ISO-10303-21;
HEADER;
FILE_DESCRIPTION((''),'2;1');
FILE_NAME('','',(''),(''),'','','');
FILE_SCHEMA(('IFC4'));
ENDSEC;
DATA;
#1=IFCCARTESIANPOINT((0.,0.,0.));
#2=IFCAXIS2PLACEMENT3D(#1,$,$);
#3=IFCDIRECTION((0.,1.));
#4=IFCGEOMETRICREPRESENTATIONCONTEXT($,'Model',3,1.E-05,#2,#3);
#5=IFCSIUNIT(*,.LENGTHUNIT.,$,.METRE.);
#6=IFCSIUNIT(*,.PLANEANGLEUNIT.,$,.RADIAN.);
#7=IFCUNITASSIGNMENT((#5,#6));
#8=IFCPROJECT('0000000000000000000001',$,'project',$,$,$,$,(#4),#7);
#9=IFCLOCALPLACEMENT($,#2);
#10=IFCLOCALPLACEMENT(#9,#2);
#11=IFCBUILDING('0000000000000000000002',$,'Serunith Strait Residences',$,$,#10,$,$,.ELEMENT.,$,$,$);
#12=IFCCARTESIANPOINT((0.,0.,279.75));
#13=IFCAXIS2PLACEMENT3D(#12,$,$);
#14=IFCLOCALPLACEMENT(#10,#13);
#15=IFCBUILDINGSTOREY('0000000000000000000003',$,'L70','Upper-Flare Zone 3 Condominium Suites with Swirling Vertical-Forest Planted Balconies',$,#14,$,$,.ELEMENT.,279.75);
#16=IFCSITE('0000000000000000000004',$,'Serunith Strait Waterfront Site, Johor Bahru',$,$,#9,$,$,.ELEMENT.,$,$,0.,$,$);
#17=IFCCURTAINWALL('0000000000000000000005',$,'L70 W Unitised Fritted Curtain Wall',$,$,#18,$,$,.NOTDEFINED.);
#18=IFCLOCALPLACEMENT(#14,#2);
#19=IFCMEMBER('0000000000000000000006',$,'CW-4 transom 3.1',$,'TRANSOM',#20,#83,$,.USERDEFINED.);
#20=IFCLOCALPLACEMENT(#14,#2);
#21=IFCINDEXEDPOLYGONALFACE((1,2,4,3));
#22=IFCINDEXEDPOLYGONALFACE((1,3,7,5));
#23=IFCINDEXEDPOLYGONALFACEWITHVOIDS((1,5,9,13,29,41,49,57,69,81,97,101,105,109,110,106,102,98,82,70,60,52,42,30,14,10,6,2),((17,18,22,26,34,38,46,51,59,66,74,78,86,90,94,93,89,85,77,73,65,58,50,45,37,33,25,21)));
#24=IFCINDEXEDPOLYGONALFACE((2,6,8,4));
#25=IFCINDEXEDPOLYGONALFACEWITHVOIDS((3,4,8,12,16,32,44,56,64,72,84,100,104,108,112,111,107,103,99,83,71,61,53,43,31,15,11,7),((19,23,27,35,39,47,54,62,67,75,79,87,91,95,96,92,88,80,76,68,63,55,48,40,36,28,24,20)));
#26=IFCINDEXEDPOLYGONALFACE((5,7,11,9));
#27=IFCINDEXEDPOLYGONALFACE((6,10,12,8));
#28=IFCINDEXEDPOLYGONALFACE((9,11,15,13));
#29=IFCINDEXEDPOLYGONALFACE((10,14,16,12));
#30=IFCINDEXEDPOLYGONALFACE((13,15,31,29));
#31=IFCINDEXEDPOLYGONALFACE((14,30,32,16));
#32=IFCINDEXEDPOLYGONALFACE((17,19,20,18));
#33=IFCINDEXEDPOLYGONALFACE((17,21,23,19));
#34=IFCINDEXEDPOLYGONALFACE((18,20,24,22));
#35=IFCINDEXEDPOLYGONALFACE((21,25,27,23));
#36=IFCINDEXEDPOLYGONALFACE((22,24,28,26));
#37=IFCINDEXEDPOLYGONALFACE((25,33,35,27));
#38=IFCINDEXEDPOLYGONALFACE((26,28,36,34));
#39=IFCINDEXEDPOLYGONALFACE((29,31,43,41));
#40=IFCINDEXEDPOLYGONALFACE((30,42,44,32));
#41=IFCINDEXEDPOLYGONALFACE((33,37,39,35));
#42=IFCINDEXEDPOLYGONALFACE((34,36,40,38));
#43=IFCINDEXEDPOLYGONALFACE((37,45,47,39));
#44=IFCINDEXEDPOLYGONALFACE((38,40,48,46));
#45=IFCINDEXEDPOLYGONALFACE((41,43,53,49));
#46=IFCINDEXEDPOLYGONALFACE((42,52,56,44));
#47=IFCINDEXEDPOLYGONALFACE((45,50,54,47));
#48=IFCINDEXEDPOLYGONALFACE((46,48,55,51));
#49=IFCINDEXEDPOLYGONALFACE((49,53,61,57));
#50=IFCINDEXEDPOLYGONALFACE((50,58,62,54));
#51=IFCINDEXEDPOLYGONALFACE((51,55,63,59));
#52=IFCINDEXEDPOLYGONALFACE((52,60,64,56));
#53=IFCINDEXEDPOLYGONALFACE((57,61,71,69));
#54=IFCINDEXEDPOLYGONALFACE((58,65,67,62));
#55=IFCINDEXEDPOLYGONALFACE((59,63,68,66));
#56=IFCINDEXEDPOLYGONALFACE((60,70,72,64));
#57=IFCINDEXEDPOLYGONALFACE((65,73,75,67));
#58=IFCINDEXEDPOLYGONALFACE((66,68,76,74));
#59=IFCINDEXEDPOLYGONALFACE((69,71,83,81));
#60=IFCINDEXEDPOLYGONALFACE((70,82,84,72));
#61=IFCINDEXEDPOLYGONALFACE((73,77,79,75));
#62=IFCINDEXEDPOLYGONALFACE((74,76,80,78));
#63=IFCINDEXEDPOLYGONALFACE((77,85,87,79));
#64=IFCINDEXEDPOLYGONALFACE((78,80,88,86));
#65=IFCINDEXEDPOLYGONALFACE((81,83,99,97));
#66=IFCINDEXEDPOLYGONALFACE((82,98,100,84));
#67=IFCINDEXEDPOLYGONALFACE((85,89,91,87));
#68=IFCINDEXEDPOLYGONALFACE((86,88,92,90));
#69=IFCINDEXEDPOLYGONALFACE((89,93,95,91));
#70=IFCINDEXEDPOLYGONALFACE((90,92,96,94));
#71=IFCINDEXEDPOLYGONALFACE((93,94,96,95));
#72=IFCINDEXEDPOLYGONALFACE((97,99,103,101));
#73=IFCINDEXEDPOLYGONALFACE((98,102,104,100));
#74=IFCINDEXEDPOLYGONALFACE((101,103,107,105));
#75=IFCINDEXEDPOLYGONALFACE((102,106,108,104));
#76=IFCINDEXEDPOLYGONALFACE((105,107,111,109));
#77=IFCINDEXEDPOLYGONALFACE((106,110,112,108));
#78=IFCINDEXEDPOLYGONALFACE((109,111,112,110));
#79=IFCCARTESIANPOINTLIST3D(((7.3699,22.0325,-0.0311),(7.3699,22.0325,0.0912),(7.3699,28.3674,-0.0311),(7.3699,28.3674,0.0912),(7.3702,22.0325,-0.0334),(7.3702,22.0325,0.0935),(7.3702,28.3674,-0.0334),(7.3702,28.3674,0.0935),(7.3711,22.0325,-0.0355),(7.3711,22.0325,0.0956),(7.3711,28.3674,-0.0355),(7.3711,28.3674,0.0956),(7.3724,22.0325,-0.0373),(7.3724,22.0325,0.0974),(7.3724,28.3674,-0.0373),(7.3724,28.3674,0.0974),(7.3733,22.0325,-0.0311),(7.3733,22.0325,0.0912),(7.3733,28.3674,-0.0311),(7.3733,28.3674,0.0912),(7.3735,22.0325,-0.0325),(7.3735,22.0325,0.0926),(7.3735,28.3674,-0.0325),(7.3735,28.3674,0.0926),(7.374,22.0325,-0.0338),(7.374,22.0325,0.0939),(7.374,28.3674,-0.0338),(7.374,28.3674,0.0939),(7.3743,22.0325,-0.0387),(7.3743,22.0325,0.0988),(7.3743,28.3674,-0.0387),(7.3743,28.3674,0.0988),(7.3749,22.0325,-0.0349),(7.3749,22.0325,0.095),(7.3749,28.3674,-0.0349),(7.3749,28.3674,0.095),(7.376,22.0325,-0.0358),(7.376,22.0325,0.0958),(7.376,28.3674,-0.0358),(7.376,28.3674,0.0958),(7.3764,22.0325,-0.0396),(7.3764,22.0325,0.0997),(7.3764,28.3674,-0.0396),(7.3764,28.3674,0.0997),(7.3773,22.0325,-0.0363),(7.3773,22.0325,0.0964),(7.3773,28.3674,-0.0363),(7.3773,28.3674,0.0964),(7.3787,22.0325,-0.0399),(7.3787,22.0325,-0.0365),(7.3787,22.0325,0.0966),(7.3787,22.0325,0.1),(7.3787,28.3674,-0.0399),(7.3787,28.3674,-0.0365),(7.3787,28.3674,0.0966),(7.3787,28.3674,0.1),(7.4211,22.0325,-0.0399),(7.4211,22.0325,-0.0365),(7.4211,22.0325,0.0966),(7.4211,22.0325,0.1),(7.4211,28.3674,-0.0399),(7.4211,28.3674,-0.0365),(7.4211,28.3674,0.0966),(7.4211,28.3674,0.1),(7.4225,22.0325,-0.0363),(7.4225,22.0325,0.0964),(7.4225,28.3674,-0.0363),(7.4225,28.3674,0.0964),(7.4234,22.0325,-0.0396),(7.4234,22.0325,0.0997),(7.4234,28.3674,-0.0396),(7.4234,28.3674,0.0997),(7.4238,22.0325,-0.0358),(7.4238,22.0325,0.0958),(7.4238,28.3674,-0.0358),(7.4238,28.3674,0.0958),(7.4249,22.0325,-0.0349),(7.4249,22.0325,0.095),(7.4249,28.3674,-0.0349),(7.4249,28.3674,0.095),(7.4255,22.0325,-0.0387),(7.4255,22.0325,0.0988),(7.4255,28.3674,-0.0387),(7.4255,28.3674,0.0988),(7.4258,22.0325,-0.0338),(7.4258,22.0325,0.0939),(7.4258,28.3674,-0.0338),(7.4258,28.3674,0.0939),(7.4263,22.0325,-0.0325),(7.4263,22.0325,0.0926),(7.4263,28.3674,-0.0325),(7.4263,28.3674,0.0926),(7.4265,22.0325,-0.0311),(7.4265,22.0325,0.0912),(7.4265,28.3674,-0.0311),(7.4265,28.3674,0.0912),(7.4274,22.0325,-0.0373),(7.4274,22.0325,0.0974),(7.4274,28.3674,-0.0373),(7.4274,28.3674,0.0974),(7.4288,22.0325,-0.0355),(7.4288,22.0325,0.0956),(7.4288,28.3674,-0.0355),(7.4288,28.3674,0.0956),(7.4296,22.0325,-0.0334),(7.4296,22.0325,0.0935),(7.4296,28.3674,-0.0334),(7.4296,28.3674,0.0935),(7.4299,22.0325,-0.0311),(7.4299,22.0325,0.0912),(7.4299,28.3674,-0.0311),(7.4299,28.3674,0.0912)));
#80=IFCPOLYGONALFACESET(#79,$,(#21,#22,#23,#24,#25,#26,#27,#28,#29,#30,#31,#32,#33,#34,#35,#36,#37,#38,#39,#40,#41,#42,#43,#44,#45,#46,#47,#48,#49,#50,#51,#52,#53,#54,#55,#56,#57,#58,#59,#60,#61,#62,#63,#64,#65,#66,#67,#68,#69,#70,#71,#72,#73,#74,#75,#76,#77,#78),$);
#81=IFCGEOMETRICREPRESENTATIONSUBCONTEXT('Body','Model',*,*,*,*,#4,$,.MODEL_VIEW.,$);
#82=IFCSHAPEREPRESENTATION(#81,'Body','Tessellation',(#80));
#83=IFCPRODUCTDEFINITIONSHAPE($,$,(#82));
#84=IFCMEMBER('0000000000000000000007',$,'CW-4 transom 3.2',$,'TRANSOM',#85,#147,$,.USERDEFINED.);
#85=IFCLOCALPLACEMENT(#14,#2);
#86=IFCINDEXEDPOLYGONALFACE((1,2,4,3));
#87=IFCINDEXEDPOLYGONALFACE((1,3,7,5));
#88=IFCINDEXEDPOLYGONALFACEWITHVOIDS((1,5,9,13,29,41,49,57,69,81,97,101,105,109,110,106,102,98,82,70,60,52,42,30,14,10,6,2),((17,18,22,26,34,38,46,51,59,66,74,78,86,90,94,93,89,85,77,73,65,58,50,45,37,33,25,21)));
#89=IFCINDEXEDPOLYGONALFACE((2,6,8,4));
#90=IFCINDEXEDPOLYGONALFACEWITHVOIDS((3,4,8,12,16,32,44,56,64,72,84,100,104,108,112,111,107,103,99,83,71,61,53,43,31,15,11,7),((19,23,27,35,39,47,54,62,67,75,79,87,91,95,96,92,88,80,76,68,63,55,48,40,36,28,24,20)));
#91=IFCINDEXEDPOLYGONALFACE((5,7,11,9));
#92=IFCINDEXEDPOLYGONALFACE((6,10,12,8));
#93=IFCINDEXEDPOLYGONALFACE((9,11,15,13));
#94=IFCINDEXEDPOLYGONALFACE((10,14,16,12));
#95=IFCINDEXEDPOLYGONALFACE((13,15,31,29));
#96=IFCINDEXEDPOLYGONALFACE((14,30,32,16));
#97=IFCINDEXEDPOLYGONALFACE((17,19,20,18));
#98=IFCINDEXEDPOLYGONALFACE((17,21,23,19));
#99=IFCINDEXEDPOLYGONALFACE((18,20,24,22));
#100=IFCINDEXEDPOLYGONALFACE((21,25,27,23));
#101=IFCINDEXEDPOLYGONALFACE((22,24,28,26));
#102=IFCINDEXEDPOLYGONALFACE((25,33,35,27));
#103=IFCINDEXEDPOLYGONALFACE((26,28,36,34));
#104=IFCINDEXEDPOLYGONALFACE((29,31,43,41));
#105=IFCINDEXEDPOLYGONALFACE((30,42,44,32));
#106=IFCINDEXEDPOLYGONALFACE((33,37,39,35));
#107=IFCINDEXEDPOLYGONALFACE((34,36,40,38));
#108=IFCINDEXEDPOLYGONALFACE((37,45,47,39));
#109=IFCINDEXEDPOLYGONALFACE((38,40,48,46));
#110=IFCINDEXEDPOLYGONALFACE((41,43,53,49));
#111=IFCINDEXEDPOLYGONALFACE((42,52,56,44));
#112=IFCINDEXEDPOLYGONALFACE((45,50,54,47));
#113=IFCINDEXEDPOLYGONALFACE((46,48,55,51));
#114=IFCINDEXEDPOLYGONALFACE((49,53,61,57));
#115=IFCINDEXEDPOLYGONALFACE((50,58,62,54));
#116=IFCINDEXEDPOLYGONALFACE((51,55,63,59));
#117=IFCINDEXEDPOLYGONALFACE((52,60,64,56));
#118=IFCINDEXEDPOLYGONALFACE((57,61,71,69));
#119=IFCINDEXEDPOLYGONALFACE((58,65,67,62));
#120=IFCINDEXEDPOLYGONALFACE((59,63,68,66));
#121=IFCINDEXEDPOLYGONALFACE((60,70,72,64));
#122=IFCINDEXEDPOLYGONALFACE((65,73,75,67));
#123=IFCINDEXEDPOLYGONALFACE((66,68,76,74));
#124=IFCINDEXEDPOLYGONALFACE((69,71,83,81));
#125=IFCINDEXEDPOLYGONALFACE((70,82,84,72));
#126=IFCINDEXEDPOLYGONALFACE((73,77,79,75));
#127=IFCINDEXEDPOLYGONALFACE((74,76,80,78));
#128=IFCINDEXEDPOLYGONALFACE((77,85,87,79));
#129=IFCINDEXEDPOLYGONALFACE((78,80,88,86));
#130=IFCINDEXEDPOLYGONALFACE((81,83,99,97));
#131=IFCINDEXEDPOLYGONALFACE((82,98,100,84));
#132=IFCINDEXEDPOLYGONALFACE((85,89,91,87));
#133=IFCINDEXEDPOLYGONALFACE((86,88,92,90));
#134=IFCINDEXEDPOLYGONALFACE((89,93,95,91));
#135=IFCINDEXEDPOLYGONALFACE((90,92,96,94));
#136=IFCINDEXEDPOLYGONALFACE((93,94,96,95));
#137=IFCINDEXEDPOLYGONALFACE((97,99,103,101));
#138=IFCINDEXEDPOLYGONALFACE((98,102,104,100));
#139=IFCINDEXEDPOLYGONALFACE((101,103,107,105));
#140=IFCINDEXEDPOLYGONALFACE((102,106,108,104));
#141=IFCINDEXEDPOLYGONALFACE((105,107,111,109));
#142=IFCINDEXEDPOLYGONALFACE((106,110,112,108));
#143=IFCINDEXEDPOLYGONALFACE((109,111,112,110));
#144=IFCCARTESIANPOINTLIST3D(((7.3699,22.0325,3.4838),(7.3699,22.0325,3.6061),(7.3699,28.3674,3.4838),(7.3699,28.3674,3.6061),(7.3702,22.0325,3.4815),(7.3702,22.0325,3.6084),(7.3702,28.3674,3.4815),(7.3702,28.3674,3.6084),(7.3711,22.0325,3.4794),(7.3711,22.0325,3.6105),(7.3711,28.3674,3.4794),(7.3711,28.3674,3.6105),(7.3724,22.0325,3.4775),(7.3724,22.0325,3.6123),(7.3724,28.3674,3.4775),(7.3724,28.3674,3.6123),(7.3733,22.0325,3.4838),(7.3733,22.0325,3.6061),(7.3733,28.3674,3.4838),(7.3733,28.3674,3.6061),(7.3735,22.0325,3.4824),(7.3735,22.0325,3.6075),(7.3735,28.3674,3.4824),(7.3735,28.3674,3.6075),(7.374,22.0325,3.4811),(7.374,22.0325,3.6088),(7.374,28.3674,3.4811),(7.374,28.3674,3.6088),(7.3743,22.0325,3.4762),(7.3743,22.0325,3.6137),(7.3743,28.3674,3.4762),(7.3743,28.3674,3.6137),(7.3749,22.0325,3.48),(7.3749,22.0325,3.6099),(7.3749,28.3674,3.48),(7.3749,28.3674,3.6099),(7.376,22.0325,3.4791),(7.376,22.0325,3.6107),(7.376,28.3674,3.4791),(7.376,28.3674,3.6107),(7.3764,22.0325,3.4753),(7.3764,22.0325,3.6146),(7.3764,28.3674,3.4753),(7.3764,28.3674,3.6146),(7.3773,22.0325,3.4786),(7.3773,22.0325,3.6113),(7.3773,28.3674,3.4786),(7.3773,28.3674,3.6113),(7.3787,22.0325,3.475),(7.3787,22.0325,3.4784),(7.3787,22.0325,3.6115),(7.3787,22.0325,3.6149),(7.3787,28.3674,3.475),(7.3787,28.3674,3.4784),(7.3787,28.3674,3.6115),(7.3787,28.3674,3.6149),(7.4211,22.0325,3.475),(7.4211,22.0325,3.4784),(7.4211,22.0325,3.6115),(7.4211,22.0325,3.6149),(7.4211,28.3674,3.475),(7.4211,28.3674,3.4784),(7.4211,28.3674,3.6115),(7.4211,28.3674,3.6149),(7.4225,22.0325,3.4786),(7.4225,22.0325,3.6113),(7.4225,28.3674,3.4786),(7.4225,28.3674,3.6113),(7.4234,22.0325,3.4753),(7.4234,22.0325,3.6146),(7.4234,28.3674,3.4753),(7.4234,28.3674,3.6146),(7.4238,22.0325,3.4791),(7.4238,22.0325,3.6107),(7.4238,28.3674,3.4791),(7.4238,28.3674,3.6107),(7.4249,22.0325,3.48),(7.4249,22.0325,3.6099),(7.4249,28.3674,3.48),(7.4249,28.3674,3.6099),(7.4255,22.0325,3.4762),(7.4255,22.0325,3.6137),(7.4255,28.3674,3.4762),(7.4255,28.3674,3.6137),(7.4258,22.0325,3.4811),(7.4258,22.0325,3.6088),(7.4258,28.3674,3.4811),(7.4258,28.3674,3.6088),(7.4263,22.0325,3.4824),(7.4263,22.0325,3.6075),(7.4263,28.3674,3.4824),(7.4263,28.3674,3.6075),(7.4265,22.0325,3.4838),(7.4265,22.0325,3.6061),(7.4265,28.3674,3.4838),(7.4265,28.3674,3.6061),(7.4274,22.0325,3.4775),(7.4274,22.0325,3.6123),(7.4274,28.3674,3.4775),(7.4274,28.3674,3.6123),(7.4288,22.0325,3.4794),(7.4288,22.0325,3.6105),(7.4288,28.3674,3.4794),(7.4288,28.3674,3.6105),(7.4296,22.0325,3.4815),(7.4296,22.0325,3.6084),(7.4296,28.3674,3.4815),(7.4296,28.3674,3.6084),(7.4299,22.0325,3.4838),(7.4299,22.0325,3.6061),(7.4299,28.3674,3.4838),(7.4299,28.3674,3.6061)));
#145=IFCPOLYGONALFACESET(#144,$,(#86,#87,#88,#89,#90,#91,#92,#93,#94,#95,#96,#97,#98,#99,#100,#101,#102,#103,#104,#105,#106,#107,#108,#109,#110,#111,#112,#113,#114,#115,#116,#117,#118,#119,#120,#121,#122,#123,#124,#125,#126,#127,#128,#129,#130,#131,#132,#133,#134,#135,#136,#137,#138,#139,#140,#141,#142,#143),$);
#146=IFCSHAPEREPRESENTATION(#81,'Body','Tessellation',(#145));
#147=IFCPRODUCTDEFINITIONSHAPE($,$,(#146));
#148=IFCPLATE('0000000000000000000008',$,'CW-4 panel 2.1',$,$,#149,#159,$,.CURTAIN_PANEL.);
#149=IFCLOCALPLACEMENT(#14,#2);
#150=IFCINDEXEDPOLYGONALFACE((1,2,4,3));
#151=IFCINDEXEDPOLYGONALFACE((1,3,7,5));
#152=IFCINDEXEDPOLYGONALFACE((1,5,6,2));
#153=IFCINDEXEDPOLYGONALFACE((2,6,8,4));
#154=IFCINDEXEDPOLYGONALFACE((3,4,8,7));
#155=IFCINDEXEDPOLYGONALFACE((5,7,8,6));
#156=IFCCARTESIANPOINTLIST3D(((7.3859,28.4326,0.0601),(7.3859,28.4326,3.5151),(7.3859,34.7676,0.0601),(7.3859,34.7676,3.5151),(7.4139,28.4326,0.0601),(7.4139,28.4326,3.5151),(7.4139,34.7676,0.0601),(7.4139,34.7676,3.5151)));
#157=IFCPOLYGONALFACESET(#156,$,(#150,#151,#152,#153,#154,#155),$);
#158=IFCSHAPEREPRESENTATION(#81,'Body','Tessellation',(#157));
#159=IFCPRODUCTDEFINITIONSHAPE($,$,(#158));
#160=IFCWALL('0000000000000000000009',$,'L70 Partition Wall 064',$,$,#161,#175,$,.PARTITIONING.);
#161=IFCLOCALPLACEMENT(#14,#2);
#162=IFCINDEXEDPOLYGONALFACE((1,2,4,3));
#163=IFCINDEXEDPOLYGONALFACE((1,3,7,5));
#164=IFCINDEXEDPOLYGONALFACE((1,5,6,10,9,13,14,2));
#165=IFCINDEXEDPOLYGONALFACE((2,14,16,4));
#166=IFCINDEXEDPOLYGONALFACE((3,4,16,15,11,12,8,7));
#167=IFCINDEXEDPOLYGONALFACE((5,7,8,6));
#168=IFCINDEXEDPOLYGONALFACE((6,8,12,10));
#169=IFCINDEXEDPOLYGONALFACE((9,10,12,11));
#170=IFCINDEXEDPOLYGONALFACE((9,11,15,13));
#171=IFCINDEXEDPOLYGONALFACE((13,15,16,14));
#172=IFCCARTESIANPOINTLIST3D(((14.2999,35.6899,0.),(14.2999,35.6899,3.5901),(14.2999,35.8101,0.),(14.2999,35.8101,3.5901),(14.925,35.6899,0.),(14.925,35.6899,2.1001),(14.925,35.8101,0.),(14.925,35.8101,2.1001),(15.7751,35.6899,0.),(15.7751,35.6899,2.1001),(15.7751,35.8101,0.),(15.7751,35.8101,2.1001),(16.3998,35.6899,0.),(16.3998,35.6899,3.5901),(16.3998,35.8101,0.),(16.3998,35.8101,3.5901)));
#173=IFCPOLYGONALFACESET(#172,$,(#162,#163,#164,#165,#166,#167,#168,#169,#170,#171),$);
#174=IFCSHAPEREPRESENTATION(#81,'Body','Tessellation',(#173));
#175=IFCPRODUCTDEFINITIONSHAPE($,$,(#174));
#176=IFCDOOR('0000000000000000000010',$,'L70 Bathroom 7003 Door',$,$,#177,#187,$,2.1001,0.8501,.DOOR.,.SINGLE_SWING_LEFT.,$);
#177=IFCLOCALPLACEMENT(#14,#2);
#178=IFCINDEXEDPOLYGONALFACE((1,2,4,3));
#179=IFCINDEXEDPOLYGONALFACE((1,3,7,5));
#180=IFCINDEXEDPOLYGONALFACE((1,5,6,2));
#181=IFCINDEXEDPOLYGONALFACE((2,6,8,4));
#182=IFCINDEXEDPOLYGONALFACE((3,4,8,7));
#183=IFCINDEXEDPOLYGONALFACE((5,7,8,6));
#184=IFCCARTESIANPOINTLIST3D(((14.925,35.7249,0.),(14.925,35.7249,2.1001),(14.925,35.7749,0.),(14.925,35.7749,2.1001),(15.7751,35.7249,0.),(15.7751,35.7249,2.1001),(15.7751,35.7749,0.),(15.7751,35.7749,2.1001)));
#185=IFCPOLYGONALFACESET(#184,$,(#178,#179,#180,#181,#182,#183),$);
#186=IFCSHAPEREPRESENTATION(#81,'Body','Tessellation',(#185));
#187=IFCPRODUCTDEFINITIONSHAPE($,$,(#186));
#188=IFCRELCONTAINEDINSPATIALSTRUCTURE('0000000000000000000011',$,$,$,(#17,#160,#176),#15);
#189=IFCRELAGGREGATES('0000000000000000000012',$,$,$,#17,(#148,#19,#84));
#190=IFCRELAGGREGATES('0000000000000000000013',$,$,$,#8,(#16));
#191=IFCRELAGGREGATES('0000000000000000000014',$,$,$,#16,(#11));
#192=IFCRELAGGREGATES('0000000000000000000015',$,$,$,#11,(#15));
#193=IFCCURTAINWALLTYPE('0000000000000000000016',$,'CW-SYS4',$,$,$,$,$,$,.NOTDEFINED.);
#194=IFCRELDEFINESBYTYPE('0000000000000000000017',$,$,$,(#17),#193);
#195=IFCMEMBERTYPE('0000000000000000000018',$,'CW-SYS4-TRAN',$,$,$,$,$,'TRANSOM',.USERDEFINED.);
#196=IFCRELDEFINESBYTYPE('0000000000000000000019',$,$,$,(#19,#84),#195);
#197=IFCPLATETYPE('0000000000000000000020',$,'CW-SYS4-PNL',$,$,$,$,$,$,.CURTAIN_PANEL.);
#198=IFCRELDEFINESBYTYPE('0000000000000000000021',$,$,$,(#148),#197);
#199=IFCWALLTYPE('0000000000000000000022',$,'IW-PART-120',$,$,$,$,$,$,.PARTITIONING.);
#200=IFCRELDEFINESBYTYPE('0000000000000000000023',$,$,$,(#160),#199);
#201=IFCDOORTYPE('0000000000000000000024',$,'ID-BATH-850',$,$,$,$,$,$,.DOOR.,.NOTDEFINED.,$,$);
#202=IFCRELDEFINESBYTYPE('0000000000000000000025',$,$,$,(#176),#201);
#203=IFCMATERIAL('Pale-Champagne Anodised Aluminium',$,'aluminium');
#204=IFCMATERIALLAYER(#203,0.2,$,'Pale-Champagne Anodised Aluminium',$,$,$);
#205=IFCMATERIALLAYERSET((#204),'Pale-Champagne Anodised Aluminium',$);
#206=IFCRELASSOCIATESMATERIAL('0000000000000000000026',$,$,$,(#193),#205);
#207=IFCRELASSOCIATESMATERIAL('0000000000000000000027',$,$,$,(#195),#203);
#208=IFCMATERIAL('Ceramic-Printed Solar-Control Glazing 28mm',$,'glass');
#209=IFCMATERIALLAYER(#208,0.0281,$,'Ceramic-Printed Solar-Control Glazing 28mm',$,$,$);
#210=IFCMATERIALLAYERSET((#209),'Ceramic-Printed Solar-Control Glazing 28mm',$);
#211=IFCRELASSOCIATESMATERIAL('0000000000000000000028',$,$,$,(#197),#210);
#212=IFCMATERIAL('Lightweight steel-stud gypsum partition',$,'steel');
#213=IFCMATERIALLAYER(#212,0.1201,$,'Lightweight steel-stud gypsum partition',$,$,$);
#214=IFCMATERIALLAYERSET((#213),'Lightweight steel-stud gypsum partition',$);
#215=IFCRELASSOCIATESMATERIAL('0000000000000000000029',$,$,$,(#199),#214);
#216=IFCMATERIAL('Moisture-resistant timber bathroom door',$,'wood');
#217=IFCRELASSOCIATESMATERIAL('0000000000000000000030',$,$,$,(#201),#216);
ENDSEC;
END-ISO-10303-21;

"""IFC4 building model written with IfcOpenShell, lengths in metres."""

from ifc_helpers import new_model, si_unit, direction, frame, frame_2d, origin, origin_2d, place, context, subcontext, project, spatial, rectangle, hollow_rectangle, extrude, source, transform, mapped, material, layer, layer_set, material_profile, profile_set, type_object, element, fill, aggregate, save


model = new_model("IFC4")

# Units and contexts
model_context = context("Model", 3, precision=1e-05, world=origin(), true_north=direction((0.0, 1.0)))
body_context = subcontext(model_context, "Body", "Model", "MODEL_VIEW")
ifc_project = project(units=[si_unit("LENGTHUNIT", "METRE"), si_unit("PLANEANGLEUNIT", "RADIAN")], contexts=[model_context])

# Site, building, storey
site_placement = place(None, origin())
site = spatial("IfcSite", under=ifc_project, at=site_placement, Name="Serunith Strait Waterfront Site, Johor Bahru", CompositionType="ELEMENT", RefElevation=0.0)
building_placement = place(site_placement, origin())
building = spatial("IfcBuilding", under=site, at=building_placement, Name="Serunith Strait Residences", CompositionType="ELEMENT")
storey_placement = place(building_placement, frame((0.0, 0.0, 279.75)))
storey = spatial("IfcBuildingStorey", under=building, at=storey_placement, Name="L70", Description="Upper-Flare Zone 3 Condominium Suites with Swirling Vertical-Forest Planted Balconies", CompositionType="ELEMENT", Elevation=279.75)

# Curtain wall, members, plate
ifc_material_1 = material(Name="Pale-Champagne Anodised Aluminium", Category="aluminium")
ifc_layer_1 = layer(ifc_material_1, 0.2, Name="Pale-Champagne Anodised Aluminium")
ifc_layer_set_1 = layer_set([ifc_layer_1], Name="Pale-Champagne Anodised Aluminium")
curtain_wall_type = type_object("IfcCurtainWallType", Name="CW-SYS4", PredefinedType="NOTDEFINED", material=ifc_layer_set_1)
curtain_wall_placement = place(storey_placement, origin())
curtain_wall = element("IfcCurtainWall", 1, at=curtain_wall_placement, inside=storey, type_object=curtain_wall_type, Name="L70 W Unitised Fritted Curtain Wall", PredefinedType="NOTDEFINED")
ifc_material_profile_1 = material_profile(ifc_material_1, hollow_rectangle(XDim=0.0601, YDim=0.1399, WallThickness=0.0034, InnerFilletRadius=0.0054, OuterFilletRadius=0.0088, at=origin_2d()), Name="ALU 140x60x3.5")
ifc_profile_set_1 = profile_set([ifc_material_profile_1], Name="Pale-Champagne Anodised Aluminium")
member_type_1 = type_object("IfcMemberType", Name="CW-SYS4-TRAN", ElementType="TRANSOM", PredefinedType="USERDEFINED", material=ifc_profile_set_1)
shared_shape_1 = source(origin(), body_context, "Body", "SweptSolid", [
    extrude(hollow_rectangle(XDim=0.0601, YDim=0.1399, WallThickness=0.0034, InnerFilletRadius=0.0054, OuterFilletRadius=0.0088, at=origin_2d()), origin(), (0.0, 0.0, 1.0), 6.335),
])
member_1_placement = place(storey_placement, frame((7.3999, 28.3674, 0.03), z_axis=(0.0, -1.0, 0.0), x_axis=(1.0, 0.0, 0.0)))
member_1 = element("IfcMember", 2, at=member_1_placement, type_object=member_type_1, Name="CW-4 transom 3.1", ObjectType="TRANSOM", PredefinedType="USERDEFINED", context=body_context, shape_type="MappedRepresentation", body=[
    mapped(shared_shape_1, transform((0.0, 0.0, 0.0), scale=1.0)),
])
member_2_placement = place(storey_placement, frame((7.3999, 28.3674, 3.5449), z_axis=(0.0, -1.0, 0.0), x_axis=(1.0, 0.0, 0.0)))
member_2 = element("IfcMember", 3, at=member_2_placement, type_object=member_type_1, Name="CW-4 transom 3.2", ObjectType="TRANSOM", PredefinedType="USERDEFINED", context=body_context, shape_type="MappedRepresentation", body=[
    mapped(shared_shape_1, transform((0.0, 0.0, 0.0), scale=1.0)),
])
ifc_material_2 = material(Name="Ceramic-Printed Solar-Control Glazing 28mm", Category="glass")
ifc_layer_2 = layer(ifc_material_2, 0.0281, Name="Ceramic-Printed Solar-Control Glazing 28mm")
ifc_layer_set_2 = layer_set([ifc_layer_2], Name="Ceramic-Printed Solar-Control Glazing 28mm")
plate_type = type_object("IfcPlateType", Name="CW-SYS4-PNL", PredefinedType="CURTAIN_PANEL", material=ifc_layer_set_2)
shared_shape_2 = source(origin(), body_context, "Body", "SweptSolid", [
    extrude(rectangle(XDim=6.335, YDim=0.0281, at=origin_2d()), origin(), (0.0, 0.0, 1.0), 3.4551),
])
plate_placement = place(storey_placement, frame((7.3999, 31.6001, 0.0601), z_axis=(0.0, 0.0, 1.0), x_axis=(0.0, -1.0, 0.0)))
plate = element("IfcPlate", 4, at=plate_placement, type_object=plate_type, Name="CW-4 panel 2.1", PredefinedType="CURTAIN_PANEL", context=body_context, shape_type="MappedRepresentation", body=[
    mapped(shared_shape_2, transform((0.0, 0.0, 0.0), scale=1.0)),
])
aggregate(curtain_wall, [plate, member_1, member_2])

# Wall, opening, door
ifc_material_3 = material(Name="Lightweight steel-stud gypsum partition", Category="steel")
ifc_layer_3 = layer(ifc_material_3, 0.1201, Name="Lightweight steel-stud gypsum partition")
ifc_layer_set_3 = layer_set([ifc_layer_3], Name="Lightweight steel-stud gypsum partition")
wall_type_1 = type_object("IfcWallType", Name="IW-PART-120", PredefinedType="PARTITIONING", material=ifc_layer_set_3)
wall_1_placement = place(storey_placement, frame((14.3, 35.75, 0.0), z_axis=(0.0, 0.0, 1.0), x_axis=(1.0, 0.0, 0.0)))
wall_1 = element("IfcWall", 5, at=wall_1_placement, inside=storey, type_object=wall_type_1, Name="L70 Partition Wall 064", PredefinedType="PARTITIONING", context=body_context, shape_type="SweptSolid", body=[
    extrude(rectangle(XDim=2.0999, YDim=0.1201, at=frame_2d((1.0498, 0.0))), origin(), (0.0, 0.0, 1.0), 3.5901),
])
opening_1_placement = place(wall_1_placement, frame((0.625, 0.0, 0.0)))
opening_1 = element("IfcOpeningElement", 6, at=opening_1_placement, cuts=wall_1, PredefinedType="OPENING", context=body_context, shape_type="SweptSolid", body=[
    extrude(rectangle(XDim=0.8501, YDim=2.1001, at=frame_2d((0.425, 1.05))), frame((0.0, 0.0701, 0.0), z_axis=(0.0, -1.0, 0.0), x_axis=(1.0, 0.0, 0.0)), (0.0, 0.0, 1.0), 0.1401),
])
ifc_material_4 = material(Name="Moisture-resistant timber bathroom door", Category="wood")
door_type_1 = type_object("IfcDoorType", Name="ID-BATH-850", OperationType="NOTDEFINED", PredefinedType="DOOR", material=ifc_material_4)
shared_shape_3 = source(origin(), body_context, "Body", "SweptSolid", [
    extrude(rectangle(XDim=0.8501, YDim=2.1001, at=frame_2d((0.425, 1.05))), frame((0.0, 0.0249, 0.0), z_axis=(0.0, -1.0, 0.0), x_axis=(1.0, 0.0, 0.0)), (0.0, 0.0, 1.0), 0.05),
])
door_1_placement = place(opening_1_placement, origin())
door_1 = element("IfcDoor", 7, at=door_1_placement, inside=storey, type_object=door_type_1, Name="L70 Bathroom 7003 Door", OperationType="SINGLE_SWING_LEFT", OverallHeight=2.1001, OverallWidth=0.8501, PredefinedType="DOOR", context=body_context, shape_type="MappedRepresentation", body=[
    mapped(shared_shape_3, transform((0.0, 0.0, 0.0), scale=1.0)),
])
fill(opening_1, door_1)

save(model, "model.ifc")
